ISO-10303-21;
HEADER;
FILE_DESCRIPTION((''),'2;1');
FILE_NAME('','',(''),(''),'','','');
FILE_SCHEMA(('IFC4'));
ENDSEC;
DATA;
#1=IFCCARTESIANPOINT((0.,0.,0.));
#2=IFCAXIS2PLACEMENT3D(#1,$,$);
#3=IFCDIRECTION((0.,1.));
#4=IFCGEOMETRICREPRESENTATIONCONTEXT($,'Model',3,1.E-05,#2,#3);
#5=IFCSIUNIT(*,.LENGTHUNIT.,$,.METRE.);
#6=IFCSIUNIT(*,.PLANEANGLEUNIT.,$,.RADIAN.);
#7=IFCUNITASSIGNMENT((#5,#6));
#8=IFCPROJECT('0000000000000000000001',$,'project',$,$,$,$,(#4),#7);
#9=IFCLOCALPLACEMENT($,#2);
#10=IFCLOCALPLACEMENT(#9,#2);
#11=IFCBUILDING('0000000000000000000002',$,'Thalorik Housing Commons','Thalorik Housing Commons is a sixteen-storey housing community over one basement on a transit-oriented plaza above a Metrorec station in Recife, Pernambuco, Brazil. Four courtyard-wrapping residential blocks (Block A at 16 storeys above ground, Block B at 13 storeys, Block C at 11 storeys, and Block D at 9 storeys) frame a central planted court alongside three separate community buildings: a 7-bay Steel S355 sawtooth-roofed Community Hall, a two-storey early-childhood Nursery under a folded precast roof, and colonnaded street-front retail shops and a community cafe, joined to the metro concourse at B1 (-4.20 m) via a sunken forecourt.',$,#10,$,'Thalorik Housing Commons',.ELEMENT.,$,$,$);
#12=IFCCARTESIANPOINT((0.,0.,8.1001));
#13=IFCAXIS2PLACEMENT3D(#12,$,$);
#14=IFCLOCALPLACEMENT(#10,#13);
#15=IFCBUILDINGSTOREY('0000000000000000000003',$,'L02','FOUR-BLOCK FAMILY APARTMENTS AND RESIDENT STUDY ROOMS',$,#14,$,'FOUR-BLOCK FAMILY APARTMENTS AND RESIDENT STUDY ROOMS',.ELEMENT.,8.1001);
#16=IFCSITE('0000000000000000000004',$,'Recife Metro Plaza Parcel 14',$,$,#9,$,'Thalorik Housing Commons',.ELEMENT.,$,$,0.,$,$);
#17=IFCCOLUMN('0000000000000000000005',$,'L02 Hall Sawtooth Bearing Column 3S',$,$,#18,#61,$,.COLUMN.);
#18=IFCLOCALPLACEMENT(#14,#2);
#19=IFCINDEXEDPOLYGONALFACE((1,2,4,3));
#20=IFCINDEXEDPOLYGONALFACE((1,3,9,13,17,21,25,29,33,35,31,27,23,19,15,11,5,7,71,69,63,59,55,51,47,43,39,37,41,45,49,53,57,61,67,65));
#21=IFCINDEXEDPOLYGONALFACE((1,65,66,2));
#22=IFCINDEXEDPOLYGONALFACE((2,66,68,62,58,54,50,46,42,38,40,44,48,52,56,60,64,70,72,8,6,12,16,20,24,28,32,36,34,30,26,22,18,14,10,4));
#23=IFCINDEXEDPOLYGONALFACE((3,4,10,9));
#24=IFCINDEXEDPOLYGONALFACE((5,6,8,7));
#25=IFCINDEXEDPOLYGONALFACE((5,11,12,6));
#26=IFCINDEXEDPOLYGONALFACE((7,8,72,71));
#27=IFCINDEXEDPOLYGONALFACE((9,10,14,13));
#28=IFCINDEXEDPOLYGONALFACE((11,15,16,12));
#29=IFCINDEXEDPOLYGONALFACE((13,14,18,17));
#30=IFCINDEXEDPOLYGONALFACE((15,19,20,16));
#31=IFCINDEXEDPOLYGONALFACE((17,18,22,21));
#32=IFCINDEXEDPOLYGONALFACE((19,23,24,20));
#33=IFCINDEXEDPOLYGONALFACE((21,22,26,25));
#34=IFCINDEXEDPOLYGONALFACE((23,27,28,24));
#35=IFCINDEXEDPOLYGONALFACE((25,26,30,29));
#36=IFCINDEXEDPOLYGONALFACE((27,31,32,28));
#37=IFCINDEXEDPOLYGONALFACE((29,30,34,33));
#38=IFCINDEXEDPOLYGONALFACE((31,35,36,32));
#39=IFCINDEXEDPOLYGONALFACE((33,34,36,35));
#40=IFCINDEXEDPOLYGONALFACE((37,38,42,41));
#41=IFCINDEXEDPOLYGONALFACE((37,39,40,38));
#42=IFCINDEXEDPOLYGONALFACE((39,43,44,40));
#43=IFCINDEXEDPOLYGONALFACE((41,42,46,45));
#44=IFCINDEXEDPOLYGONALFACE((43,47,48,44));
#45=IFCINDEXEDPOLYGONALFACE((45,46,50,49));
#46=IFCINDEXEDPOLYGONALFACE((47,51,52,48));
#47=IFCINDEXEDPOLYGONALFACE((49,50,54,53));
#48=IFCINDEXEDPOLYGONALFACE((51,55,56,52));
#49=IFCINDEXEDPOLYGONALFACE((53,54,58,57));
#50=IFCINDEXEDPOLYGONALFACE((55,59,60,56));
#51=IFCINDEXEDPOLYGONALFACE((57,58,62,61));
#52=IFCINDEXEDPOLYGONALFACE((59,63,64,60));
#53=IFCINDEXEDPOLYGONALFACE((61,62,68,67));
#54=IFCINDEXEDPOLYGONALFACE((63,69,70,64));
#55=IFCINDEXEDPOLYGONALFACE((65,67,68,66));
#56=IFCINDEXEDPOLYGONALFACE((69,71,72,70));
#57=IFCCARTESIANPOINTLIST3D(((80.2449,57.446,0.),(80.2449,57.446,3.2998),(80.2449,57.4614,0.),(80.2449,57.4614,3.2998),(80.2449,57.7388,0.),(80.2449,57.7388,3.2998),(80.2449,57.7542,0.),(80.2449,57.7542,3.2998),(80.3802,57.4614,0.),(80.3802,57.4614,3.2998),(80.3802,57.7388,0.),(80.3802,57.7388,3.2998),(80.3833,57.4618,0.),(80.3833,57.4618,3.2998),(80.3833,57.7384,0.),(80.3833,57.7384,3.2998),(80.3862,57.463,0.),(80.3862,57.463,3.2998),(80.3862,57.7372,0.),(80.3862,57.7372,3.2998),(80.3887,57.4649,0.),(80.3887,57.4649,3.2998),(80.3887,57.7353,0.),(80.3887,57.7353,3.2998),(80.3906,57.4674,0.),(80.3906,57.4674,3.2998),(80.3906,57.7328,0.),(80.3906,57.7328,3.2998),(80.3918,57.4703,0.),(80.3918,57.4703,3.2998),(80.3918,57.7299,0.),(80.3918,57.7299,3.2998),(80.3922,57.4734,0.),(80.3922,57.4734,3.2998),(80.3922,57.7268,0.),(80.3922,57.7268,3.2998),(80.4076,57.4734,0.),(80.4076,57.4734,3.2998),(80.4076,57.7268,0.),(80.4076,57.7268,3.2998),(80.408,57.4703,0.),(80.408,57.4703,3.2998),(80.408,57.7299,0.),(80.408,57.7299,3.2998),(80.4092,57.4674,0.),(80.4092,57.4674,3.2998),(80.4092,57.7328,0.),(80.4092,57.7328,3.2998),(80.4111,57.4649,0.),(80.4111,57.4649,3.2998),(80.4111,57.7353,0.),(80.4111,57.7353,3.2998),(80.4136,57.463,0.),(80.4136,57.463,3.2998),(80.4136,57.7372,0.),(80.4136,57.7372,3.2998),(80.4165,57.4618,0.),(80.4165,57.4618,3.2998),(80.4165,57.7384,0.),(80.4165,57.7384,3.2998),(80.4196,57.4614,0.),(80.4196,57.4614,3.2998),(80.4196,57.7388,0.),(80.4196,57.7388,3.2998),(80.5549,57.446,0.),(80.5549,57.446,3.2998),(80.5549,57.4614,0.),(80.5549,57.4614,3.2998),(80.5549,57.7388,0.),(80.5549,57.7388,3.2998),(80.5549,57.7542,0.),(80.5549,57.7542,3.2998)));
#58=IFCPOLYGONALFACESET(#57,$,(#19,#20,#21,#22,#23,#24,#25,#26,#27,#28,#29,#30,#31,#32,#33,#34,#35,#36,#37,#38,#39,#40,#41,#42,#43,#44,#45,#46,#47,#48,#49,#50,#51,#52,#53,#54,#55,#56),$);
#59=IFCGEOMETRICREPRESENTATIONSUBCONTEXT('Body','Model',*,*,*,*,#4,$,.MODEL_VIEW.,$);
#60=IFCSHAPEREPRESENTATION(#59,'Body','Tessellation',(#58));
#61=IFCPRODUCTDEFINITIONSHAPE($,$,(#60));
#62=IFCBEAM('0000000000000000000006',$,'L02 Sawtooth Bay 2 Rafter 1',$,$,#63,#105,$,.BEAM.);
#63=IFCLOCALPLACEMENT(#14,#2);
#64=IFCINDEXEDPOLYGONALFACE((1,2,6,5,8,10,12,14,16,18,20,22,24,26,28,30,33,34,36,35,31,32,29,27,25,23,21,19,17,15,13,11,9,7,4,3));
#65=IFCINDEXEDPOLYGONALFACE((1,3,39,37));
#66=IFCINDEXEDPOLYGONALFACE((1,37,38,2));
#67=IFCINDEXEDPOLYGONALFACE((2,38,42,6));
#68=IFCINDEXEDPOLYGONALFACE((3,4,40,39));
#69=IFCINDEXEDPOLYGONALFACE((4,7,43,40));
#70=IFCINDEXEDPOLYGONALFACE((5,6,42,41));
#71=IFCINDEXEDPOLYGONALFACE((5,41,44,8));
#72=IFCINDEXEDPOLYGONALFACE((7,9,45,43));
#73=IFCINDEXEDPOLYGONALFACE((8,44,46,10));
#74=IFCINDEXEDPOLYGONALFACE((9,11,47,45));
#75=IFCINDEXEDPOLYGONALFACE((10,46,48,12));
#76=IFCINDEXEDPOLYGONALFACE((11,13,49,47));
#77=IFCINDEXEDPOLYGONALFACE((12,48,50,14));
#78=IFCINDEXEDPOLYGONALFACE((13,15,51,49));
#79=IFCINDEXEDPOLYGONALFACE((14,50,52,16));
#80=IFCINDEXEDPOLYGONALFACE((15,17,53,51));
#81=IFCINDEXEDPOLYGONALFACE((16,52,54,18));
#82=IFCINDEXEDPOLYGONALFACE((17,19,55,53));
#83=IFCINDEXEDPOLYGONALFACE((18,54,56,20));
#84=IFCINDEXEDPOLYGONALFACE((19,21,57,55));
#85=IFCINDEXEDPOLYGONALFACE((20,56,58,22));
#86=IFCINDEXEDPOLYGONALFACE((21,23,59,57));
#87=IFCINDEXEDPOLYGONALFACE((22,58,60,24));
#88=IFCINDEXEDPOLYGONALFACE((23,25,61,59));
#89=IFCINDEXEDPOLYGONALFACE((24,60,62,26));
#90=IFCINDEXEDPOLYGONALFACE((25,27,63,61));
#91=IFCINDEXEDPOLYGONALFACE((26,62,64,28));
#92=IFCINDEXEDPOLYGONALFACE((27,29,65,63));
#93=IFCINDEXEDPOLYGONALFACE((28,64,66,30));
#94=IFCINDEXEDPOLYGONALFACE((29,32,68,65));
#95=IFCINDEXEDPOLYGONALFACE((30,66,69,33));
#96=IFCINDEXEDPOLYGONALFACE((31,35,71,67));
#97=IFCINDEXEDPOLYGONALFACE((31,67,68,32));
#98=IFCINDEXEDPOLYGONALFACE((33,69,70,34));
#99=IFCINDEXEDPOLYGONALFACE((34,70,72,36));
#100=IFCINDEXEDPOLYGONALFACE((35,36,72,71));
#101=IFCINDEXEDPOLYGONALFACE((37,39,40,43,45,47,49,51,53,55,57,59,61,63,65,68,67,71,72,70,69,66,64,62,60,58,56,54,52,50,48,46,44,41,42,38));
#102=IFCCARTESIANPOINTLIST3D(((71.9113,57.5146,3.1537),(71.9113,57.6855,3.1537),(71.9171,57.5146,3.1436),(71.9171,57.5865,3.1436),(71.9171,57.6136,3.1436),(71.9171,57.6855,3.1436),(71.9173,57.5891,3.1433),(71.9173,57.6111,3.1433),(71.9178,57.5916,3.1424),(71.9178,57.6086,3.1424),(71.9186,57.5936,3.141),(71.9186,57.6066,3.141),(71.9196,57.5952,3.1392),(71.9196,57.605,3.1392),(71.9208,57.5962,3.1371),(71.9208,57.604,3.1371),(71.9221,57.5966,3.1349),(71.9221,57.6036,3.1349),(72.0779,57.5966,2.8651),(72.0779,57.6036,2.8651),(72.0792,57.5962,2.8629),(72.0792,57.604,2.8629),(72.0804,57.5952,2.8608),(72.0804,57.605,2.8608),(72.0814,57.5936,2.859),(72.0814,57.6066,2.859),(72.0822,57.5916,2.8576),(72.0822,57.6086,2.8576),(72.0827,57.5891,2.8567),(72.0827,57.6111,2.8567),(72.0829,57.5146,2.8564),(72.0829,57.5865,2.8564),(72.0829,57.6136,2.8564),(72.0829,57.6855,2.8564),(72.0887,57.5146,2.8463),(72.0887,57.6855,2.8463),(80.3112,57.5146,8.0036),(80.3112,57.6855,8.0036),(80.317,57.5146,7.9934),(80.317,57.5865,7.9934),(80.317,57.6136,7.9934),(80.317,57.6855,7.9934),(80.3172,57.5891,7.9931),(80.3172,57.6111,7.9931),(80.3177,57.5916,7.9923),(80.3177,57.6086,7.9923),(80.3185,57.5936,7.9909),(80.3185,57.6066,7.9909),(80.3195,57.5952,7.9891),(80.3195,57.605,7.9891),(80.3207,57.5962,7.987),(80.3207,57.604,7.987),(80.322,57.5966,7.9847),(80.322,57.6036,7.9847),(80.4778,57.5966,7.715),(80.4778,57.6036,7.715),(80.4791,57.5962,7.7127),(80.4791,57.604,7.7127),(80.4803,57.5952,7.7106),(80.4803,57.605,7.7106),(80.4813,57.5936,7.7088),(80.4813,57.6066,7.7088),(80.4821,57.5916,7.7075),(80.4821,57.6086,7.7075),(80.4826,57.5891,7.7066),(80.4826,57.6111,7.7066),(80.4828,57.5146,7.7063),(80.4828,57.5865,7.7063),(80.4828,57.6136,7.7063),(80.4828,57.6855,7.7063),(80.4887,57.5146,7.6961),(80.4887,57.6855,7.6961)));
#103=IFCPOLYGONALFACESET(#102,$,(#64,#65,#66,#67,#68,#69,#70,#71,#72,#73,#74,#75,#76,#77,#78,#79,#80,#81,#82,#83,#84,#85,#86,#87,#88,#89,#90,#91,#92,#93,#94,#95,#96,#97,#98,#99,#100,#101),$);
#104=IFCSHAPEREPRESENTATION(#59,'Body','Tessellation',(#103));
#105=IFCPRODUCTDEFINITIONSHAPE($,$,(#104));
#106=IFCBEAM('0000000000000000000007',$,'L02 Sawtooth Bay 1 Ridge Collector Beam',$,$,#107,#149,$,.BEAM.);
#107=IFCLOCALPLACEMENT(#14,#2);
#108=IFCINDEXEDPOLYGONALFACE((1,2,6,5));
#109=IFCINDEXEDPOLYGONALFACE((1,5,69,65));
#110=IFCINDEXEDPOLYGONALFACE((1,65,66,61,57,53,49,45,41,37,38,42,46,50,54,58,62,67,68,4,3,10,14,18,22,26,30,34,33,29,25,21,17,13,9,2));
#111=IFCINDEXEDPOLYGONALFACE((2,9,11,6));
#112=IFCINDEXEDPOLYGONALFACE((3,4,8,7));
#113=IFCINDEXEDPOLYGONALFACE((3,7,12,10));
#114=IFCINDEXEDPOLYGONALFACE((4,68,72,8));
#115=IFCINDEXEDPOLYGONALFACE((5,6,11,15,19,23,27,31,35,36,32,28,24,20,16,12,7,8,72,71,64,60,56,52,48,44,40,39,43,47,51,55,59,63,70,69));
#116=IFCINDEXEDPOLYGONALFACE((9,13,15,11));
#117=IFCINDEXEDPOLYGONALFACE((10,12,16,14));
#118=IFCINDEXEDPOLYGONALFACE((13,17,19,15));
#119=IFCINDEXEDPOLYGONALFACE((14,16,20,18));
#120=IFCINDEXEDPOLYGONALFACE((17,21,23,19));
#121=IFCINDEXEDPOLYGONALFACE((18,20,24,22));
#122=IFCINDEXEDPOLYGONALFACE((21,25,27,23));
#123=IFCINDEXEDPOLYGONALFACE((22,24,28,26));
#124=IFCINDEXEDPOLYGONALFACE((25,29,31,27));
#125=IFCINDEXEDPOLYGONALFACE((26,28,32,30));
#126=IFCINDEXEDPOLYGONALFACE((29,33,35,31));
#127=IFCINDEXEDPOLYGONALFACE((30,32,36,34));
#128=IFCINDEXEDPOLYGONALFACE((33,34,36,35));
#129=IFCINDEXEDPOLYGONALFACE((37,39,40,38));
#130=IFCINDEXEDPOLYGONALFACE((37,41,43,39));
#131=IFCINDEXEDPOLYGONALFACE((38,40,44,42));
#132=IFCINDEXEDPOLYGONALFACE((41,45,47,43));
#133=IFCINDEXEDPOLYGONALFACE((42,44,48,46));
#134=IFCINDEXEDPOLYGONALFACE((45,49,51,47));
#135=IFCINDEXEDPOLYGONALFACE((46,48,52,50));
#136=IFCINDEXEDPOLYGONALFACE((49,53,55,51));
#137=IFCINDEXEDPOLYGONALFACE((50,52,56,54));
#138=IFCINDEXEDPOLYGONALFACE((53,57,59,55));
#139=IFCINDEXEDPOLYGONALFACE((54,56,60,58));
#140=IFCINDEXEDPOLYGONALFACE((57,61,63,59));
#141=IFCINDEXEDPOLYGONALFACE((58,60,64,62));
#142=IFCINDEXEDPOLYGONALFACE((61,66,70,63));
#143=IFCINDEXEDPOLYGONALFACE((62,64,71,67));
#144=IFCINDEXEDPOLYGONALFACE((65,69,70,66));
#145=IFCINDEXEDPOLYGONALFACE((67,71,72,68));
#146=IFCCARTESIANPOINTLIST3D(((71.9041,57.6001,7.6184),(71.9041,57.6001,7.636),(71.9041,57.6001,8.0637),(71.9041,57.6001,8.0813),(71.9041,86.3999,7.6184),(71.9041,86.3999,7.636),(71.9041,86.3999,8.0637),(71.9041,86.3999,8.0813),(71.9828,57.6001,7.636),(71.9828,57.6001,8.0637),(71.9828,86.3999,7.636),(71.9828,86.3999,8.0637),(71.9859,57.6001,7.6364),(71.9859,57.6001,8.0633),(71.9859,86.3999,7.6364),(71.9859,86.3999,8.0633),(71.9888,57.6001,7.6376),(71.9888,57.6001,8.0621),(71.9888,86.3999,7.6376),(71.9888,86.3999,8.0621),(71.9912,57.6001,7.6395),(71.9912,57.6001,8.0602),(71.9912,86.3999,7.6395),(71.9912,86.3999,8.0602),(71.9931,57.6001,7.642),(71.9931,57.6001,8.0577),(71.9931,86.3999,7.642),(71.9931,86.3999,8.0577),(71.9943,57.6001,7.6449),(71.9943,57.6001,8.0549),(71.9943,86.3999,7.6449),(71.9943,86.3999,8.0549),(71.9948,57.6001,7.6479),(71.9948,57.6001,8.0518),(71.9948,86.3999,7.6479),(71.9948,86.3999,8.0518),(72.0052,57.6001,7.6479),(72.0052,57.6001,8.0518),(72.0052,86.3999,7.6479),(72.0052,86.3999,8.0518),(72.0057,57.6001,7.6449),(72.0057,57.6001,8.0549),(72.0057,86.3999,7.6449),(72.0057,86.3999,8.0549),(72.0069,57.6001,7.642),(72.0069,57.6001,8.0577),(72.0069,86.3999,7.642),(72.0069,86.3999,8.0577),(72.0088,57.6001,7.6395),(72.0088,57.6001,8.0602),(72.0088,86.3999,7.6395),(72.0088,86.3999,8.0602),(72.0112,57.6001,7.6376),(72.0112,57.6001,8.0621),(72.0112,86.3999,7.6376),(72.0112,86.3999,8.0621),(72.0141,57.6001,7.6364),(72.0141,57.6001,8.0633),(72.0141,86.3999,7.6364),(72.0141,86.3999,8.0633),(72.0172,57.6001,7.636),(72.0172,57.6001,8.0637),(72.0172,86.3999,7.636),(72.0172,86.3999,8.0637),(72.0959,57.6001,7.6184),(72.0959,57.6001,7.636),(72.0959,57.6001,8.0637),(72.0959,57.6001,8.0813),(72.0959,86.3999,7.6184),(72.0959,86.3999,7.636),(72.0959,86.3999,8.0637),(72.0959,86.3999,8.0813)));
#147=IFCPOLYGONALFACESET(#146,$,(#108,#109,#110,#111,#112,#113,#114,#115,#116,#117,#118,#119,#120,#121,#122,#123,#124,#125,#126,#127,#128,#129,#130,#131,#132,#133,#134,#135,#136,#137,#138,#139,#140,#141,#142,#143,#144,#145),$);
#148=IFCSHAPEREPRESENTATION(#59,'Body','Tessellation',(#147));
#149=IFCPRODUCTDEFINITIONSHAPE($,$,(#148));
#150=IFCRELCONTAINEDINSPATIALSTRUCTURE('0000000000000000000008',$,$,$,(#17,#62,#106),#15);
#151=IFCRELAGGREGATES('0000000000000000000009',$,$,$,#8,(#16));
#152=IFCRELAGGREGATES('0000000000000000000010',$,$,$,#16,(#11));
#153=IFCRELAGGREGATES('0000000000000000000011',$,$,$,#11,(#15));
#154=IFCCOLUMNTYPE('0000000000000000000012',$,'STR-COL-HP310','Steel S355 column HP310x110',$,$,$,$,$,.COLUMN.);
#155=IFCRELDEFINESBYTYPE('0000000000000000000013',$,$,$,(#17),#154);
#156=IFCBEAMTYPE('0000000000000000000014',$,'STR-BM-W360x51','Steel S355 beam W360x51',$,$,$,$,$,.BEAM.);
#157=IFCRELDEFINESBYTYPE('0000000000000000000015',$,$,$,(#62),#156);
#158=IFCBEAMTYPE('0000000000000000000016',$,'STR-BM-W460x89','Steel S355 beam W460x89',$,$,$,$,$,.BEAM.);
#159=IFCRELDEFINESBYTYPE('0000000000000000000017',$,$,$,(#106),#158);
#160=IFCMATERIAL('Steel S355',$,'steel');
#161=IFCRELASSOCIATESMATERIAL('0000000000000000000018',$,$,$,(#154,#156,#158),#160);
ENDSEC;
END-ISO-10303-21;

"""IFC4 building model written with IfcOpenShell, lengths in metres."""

from ifc_helpers import new_model, si_unit, direction, frame, origin, origin_2d, place, context, subcontext, project, spatial, i_section, extrude, material, material_profile, profile_set, type_object, element, save


model = new_model("IFC4")

# Units and contexts
model_context = context("Model", 3, precision=1e-05, world=origin(), true_north=direction((0.0, 1.0)))
body_context = subcontext(model_context, "Body", "Model", "MODEL_VIEW")
ifc_project = project(units=[si_unit("LENGTHUNIT", "METRE"), si_unit("PLANEANGLEUNIT", "RADIAN")], contexts=[model_context])

# Site, building, storey
site_placement = place(None, origin())
site = spatial("IfcSite", under=ifc_project, at=site_placement, Name="Recife Metro Plaza Parcel 14", LongName="Thalorik Housing Commons", CompositionType="ELEMENT", RefElevation=0.0)
building_placement = place(site_placement, origin())
building = spatial("IfcBuilding", under=site, at=building_placement, Name="Thalorik Housing Commons", Description="Thalorik Housing Commons is a sixteen-storey housing community over one basement on a transit-oriented plaza above a Metrorec station in Recife, Pernambuco, Brazil. Four courtyard-wrapping residential blocks (Block A at 16 storeys above ground, Block B at 13 storeys, Block C at 11 storeys, and Block D at 9 storeys) frame a central planted court alongside three separate community buildings: a 7-bay Steel S355 sawtooth-roofed Community Hall, a two-storey early-childhood Nursery under a folded precast roof, and colonnaded street-front retail shops and a community cafe, joined to the metro concourse at B1 (-4.20 m) via a sunken forecourt.", LongName="Thalorik Housing Commons", CompositionType="ELEMENT")
storey_placement = place(building_placement, frame((0.0, 0.0, 8.1001)))
storey = spatial("IfcBuildingStorey", under=building, at=storey_placement, Name="L02", Description="FOUR-BLOCK FAMILY APARTMENTS AND RESIDENT STUDY ROOMS", LongName="FOUR-BLOCK FAMILY APARTMENTS AND RESIDENT STUDY ROOMS", CompositionType="ELEMENT", Elevation=8.1001)

# Column
ifc_material_1 = material(Name="Steel S355", Category="steel")
ifc_material_profile_1 = material_profile(ifc_material_1, i_section(OverallWidth=0.3101, OverallDepth=0.3081, WebThickness=0.0154, FlangeThickness=0.0154, FilletRadius=0.012, at=origin_2d()), Name="HP310x110", Category="steel")
ifc_profile_set_1 = profile_set([ifc_material_profile_1], Name="Steel S355")
column_type = type_object("IfcColumnType", Name="STR-COL-HP310", Description="Steel S355 column HP310x110", PredefinedType="COLUMN", material=ifc_profile_set_1)
column_placement = place(storey_placement, frame((80.3999, 57.6001, 0.0), z_axis=(0.0, 0.0, 1.0), x_axis=(1.0, 0.0, 0.0)))
element("IfcColumn", 1, at=column_placement, inside=storey, type_object=column_type, Name="L02 Hall Sawtooth Bearing Column 3S", PredefinedType="COLUMN", context=body_context, shape_type="SweptSolid", body=[
    extrude(i_section(OverallWidth=0.3101, OverallDepth=0.3081, WebThickness=0.0154, FlangeThickness=0.0154, FilletRadius=0.012, at=origin_2d()), origin(), (0.0, 0.0, 1.0), 3.2998),
])

# Beams
ifc_material_profile_2 = material_profile(ifc_material_1, i_section(OverallWidth=0.1709, OverallDepth=0.355, WebThickness=0.0071, FlangeThickness=0.0117, FilletRadius=0.01, at=origin_2d()), Name="W360x51", Category="steel")
ifc_profile_set_2 = profile_set([ifc_material_profile_2], Name="Steel S355")
beam_type_1 = type_object("IfcBeamType", Name="STR-BM-W360x51", Description="Steel S355 beam W360x51", PredefinedType="BEAM", material=ifc_profile_set_2)
beam_1_placement = place(storey_placement, frame((72.0, 57.6001, 3.0), z_axis=(0.866018, 0.0, 0.500013), x_axis=(0.0, 1.0, 0.0)))
element("IfcBeam", 2, at=beam_1_placement, inside=storey, type_object=beam_type_1, Name="L02 Sawtooth Bay 2 Rafter 1", PredefinedType="BEAM", context=body_context, shape_type="SweptSolid", body=[
    extrude(i_section(OverallWidth=0.1709, OverallDepth=0.355, WebThickness=0.0071, FlangeThickness=0.0117, FilletRadius=0.01, at=origin_2d()), origin(), (0.0, 0.0, 1.0), 9.6995),
])
ifc_material_profile_3 = material_profile(ifc_material_1, i_section(OverallWidth=0.1919, OverallDepth=0.4629, WebThickness=0.0105, FlangeThickness=0.0176, FilletRadius=0.012, at=origin_2d()), Name="W460x89", Category="steel")
ifc_profile_set_3 = profile_set([ifc_material_profile_3], Name="Steel S355")
beam_type_2 = type_object("IfcBeamType", Name="STR-BM-W460x89", Description="Steel S355 beam W460x89", PredefinedType="BEAM", material=ifc_profile_set_3)
beam_2_placement = place(storey_placement, frame((72.0, 57.6001, 7.8499), z_axis=(0.0, 1.0, 0.0), x_axis=(-1.0, 0.0, 0.0)))
element("IfcBeam", 3, at=beam_2_placement, inside=storey, type_object=beam_type_2, Name="L02 Sawtooth Bay 1 Ridge Collector Beam", PredefinedType="BEAM", context=body_context, shape_type="SweptSolid", body=[
    extrude(i_section(OverallWidth=0.1919, OverallDepth=0.4629, WebThickness=0.0105, FlangeThickness=0.0176, FilletRadius=0.012, at=origin_2d()), origin(), (0.0, 0.0, 1.0), 28.7998),
])

save(model, "model.ifc")
